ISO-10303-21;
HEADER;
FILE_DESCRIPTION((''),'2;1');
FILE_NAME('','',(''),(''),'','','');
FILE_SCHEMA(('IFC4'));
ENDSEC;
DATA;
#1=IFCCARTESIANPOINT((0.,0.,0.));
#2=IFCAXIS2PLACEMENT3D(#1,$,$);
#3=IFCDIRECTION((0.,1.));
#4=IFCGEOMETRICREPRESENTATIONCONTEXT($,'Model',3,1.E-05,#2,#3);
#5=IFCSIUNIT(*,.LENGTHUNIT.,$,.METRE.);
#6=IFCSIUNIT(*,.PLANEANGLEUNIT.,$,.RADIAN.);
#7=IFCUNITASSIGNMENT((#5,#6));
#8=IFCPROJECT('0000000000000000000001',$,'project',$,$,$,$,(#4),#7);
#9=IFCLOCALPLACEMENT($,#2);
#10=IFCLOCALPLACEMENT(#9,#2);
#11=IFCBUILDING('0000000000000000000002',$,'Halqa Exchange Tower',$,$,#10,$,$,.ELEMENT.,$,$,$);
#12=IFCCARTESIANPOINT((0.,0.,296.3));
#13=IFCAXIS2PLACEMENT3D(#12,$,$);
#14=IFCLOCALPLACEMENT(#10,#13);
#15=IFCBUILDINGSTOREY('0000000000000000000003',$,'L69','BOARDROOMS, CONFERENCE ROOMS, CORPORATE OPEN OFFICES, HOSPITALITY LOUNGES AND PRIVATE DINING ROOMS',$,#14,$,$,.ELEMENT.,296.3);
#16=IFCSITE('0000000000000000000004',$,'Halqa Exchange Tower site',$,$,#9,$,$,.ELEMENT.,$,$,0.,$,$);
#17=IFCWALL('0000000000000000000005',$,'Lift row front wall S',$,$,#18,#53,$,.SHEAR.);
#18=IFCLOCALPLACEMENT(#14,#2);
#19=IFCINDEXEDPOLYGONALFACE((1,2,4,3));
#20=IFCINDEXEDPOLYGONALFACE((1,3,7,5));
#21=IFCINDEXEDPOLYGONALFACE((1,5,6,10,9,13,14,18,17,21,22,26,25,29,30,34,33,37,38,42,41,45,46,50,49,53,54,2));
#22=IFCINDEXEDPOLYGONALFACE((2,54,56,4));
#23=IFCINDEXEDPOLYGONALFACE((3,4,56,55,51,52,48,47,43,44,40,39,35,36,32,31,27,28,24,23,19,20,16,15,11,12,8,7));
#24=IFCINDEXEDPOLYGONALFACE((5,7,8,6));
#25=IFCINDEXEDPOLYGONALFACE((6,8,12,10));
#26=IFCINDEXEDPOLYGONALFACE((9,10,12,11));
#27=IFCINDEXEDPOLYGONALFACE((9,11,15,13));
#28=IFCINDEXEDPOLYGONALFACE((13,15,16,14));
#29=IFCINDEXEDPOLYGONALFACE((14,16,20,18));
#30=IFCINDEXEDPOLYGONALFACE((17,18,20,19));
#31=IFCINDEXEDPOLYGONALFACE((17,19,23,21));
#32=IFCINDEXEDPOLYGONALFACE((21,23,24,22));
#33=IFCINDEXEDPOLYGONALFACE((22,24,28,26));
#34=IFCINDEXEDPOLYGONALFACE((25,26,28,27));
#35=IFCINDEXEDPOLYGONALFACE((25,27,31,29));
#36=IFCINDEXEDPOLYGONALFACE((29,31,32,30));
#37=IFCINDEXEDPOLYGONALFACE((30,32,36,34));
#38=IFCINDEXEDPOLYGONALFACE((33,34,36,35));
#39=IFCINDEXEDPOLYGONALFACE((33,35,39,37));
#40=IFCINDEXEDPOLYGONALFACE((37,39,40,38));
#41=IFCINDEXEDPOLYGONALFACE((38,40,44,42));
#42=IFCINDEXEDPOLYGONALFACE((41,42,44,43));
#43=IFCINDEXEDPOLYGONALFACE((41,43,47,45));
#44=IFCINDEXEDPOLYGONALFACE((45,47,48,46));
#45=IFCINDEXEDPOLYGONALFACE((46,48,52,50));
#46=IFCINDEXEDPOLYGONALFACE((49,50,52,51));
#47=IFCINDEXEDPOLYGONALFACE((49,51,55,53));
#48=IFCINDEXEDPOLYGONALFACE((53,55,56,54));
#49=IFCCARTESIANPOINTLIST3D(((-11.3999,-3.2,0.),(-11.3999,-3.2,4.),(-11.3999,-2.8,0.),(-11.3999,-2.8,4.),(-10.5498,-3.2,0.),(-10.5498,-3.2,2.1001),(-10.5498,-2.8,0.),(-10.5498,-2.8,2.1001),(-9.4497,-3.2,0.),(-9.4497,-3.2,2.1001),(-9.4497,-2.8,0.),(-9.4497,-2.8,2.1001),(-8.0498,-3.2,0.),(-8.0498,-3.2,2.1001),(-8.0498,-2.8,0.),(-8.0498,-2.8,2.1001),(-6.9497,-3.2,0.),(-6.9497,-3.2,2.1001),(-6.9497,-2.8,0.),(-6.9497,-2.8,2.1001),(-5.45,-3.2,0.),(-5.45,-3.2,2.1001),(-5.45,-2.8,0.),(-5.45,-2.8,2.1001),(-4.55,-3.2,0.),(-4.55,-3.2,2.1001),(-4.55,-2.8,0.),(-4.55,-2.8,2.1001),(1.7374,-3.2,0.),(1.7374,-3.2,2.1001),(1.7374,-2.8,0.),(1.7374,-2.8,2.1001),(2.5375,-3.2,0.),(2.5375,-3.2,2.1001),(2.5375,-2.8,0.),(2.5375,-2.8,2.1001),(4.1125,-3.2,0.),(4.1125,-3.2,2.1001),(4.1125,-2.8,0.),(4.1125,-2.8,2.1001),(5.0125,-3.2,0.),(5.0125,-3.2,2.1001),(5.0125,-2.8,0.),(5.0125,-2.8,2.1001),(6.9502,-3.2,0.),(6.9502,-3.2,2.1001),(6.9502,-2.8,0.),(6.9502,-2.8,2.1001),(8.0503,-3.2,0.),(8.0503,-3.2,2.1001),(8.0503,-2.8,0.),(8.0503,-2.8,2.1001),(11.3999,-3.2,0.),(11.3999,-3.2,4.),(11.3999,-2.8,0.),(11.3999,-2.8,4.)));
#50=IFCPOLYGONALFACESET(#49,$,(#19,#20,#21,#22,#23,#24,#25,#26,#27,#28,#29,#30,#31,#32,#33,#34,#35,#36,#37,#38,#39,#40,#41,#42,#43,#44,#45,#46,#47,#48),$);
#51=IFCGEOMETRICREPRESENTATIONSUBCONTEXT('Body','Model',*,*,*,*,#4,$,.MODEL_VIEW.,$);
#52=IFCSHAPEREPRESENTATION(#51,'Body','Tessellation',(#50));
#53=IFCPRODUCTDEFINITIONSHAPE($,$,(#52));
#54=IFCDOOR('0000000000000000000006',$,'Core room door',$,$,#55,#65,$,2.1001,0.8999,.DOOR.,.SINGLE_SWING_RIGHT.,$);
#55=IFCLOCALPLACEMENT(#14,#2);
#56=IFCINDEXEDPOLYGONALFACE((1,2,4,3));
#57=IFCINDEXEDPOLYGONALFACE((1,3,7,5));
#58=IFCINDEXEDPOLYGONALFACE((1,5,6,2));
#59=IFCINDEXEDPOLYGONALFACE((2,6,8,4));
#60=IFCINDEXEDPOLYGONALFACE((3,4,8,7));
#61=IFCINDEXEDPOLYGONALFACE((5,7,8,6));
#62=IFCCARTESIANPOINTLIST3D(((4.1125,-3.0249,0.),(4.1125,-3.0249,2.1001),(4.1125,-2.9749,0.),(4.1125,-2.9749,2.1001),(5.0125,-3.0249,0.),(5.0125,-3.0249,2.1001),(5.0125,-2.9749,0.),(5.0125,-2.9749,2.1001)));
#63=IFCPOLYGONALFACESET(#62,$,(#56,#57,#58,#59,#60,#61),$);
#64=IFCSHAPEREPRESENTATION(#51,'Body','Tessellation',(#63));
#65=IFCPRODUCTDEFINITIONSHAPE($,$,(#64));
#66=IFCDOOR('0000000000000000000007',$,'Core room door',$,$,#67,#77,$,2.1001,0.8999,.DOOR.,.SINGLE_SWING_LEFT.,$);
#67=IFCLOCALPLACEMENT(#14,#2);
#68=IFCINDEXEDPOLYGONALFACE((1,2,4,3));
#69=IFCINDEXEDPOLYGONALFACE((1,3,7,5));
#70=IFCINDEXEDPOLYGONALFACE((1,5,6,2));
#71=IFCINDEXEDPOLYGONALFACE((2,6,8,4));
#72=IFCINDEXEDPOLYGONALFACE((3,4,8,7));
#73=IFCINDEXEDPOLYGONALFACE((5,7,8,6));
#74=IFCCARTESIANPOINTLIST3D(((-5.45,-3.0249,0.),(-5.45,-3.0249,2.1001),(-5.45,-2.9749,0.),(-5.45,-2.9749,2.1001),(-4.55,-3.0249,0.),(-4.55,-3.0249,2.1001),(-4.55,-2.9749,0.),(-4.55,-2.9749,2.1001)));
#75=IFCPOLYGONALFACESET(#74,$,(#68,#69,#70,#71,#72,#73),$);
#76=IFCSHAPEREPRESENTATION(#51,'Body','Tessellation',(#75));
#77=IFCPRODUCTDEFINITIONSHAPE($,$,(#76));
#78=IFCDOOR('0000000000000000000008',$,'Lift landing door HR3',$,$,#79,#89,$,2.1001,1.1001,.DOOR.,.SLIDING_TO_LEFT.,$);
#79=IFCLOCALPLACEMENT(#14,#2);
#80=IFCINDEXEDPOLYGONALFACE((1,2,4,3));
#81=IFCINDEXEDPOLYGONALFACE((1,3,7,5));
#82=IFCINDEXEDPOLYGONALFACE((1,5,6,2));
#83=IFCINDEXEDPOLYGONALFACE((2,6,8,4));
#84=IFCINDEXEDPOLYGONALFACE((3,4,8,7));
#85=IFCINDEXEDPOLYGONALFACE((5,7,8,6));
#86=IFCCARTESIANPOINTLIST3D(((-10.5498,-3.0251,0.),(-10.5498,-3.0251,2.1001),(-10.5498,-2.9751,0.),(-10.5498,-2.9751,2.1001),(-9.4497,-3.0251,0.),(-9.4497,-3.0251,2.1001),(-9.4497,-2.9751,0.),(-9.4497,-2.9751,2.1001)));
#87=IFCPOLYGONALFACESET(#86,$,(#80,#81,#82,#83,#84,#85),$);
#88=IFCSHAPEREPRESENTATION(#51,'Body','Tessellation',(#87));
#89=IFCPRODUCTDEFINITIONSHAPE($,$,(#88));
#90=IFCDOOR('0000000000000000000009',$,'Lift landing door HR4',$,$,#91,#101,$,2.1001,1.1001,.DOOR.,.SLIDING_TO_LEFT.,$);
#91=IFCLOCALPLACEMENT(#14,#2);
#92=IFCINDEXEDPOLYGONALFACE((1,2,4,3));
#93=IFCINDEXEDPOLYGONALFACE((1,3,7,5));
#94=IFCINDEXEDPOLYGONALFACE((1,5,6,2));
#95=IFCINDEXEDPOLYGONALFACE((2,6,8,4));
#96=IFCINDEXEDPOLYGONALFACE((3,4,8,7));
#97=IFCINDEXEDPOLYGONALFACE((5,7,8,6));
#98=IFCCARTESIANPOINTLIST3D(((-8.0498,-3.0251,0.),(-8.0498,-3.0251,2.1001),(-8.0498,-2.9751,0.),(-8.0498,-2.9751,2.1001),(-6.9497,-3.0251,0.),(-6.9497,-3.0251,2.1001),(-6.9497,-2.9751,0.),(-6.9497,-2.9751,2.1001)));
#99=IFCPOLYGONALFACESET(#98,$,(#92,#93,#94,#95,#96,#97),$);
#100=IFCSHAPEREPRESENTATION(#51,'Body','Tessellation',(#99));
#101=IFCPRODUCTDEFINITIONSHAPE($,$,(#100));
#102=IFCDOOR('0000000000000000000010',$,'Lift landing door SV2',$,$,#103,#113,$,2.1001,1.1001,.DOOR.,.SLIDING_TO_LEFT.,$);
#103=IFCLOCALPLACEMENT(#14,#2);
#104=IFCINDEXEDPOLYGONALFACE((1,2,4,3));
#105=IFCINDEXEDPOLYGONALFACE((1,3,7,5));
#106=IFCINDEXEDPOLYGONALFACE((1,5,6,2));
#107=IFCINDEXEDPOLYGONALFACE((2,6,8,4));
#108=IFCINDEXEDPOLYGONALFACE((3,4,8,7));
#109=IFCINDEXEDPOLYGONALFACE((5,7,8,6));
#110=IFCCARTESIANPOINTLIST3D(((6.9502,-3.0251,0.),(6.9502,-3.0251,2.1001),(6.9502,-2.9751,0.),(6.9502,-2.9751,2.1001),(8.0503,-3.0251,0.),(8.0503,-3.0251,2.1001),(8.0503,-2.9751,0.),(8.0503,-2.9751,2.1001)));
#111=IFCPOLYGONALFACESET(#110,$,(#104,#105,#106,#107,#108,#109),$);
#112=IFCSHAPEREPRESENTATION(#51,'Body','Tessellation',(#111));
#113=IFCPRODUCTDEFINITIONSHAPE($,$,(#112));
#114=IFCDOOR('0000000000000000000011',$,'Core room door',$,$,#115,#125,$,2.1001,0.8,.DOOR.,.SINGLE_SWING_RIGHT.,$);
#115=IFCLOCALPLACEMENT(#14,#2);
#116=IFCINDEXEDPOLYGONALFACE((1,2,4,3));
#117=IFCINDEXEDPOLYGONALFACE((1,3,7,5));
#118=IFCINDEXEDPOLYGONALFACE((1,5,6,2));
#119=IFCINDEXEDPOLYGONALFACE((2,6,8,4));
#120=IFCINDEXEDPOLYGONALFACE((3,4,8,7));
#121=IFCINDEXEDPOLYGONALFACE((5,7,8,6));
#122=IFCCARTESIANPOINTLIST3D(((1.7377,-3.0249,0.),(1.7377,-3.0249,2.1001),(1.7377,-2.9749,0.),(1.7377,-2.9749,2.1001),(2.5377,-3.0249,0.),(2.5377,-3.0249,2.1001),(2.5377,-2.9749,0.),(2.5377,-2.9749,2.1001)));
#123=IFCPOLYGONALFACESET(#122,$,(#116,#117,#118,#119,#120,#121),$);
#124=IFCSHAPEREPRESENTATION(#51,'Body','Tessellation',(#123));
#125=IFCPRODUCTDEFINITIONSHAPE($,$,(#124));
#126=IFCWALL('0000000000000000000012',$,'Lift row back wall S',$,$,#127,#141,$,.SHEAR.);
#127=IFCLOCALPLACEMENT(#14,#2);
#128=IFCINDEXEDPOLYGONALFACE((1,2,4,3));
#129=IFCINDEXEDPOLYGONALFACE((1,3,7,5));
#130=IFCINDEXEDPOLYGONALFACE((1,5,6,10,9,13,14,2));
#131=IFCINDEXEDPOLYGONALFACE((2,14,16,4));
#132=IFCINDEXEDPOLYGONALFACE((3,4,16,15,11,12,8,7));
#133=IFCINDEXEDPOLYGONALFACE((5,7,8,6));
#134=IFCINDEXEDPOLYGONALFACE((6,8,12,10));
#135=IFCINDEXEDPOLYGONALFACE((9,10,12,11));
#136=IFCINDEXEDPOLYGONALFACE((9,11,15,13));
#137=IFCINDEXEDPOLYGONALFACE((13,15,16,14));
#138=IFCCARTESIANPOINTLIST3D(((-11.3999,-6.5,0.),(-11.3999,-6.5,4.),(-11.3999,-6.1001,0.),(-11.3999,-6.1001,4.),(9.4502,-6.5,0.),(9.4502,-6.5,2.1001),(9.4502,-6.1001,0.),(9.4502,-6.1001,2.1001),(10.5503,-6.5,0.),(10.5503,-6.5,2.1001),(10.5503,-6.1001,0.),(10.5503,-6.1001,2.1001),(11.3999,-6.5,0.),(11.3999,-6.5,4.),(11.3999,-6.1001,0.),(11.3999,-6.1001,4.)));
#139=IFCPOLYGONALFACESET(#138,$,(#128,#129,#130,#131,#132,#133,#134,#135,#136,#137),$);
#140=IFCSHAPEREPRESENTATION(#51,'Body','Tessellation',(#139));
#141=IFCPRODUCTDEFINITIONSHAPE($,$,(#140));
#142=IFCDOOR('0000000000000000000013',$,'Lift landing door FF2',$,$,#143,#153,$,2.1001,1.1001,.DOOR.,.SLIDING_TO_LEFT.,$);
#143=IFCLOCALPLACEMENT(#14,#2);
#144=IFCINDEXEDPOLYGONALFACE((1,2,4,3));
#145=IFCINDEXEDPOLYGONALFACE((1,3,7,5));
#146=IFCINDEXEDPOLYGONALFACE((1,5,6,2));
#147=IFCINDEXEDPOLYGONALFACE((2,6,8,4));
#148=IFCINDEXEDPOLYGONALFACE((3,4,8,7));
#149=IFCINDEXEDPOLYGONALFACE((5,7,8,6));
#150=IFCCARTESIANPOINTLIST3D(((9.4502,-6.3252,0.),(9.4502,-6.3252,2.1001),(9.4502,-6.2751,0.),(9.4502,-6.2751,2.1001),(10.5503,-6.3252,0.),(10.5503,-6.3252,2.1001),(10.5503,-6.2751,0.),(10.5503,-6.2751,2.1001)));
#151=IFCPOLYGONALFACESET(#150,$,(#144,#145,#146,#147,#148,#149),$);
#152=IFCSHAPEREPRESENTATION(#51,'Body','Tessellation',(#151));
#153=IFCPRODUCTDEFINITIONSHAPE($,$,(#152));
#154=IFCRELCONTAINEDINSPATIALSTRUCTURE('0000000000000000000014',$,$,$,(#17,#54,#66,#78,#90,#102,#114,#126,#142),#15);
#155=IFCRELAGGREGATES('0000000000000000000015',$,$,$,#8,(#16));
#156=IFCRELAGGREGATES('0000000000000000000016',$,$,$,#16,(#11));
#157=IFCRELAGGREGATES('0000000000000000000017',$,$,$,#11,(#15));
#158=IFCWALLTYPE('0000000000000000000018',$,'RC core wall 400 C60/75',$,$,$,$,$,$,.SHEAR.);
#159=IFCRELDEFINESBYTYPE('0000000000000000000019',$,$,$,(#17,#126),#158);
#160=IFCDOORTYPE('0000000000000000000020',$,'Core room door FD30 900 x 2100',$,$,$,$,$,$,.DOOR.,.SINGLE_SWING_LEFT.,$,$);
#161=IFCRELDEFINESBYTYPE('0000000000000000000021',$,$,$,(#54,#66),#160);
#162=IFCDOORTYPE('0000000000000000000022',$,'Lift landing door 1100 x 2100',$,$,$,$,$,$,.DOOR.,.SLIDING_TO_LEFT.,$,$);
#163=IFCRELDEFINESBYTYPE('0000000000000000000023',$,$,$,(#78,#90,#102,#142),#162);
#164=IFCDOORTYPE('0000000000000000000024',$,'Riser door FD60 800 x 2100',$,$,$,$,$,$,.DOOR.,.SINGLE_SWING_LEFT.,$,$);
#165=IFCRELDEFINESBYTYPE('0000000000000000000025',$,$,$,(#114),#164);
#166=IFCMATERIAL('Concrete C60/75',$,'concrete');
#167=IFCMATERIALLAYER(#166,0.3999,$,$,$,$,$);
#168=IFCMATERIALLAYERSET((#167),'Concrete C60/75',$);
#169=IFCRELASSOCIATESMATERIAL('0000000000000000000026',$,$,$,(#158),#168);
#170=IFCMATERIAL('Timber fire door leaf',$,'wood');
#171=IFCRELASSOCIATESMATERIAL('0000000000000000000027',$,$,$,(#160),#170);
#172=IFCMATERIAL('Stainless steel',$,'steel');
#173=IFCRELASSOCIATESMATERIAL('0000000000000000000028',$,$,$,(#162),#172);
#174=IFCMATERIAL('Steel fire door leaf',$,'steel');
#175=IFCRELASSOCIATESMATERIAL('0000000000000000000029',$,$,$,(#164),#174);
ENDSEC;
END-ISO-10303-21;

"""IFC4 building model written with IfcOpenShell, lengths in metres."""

from ifc_helpers import new_model, si_unit, direction, frame, frame_2d, origin, place, context, subcontext, project, spatial, rectangle, extrude, material, layer, layer_set, type_object, element, fill, save


model = new_model("IFC4")

# Units and contexts
model_context = context("Model", 3, precision=1e-05, world=origin(), true_north=direction((0.0, 1.0)))
body_context = subcontext(model_context, "Body", "Model", "MODEL_VIEW")
ifc_project = project(units=[si_unit("LENGTHUNIT", "METRE"), si_unit("PLANEANGLEUNIT", "RADIAN")], contexts=[model_context])

# Site, building, storey
site_placement = place(None, origin())
site = spatial("IfcSite", under=ifc_project, at=site_placement, Name="Halqa Exchange Tower site", CompositionType="ELEMENT", RefElevation=0.0)
building_placement = place(site_placement, origin())
building = spatial("IfcBuilding", under=site, at=building_placement, Name="Halqa Exchange Tower", CompositionType="ELEMENT")
storey_placement = place(building_placement, frame((0.0, 0.0, 296.3)))
storey = spatial("IfcBuildingStorey", under=building, at=storey_placement, Name="L69", Description="BOARDROOMS, CONFERENCE ROOMS, CORPORATE OPEN OFFICES, HOSPITALITY LOUNGES AND PRIVATE DINING ROOMS", CompositionType="ELEMENT", Elevation=296.3)

# Shared definitions
ifc_material_1 = material(Name="Concrete C60/75", Category="concrete")

# Wall, openings, doors
ifc_layer_1 = layer(ifc_material_1, 0.3999)
ifc_layer_set_1 = layer_set([ifc_layer_1], Name="Concrete C60/75")
wall_type_1 = type_object("IfcWallType", Name="RC core wall 400 C60/75", PredefinedType="SHEAR", material=ifc_layer_set_1)
wall_1_placement = place(storey_placement, frame((-11.3999, -3.0, 0.0), z_axis=(0.0, 0.0, 1.0), x_axis=(1.0, 0.0, 0.0)))
wall_1 = element("IfcWall", 1, at=wall_1_placement, inside=storey, type_object=wall_type_1, Name="Lift row front wall S", PredefinedType="SHEAR", context=body_context, shape_type="SweptSolid", body=[
    extrude(rectangle(XDim=22.7998, YDim=0.3999, at=frame_2d((11.3999, 0.0))), origin(), (0.0, 0.0, 1.0), 4.0),
])
opening_1_placement = place(wall_1_placement, frame((0.8501, 0.0, 0.0)))
opening_1 = element("IfcOpeningElement", 2, at=opening_1_placement, cuts=wall_1, PredefinedType="OPENING", context=body_context, shape_type="SweptSolid", body=[
    extrude(rectangle(XDim=1.1001, YDim=2.1001, at=frame_2d((0.55, 1.05))), frame((0.0, 0.2119, 0.0), z_axis=(0.0, -1.0, 0.0), x_axis=(1.0, 0.0, 0.0)), (0.0, 0.0, 1.0), 0.4238),
])
opening_2_placement = place(wall_1_placement, frame((3.3501, 0.0, 0.0)))
opening_2 = element("IfcOpeningElement", 3, at=opening_2_placement, cuts=wall_1, PredefinedType="OPENING", context=body_context, shape_type="SweptSolid", body=[
    extrude(rectangle(XDim=1.1001, YDim=2.1001, at=frame_2d((0.55, 1.05))), frame((0.0, 0.2119, 0.0), z_axis=(0.0, -1.0, 0.0), x_axis=(1.0, 0.0, 0.0)), (0.0, 0.0, 1.0), 0.4238),
])
opening_3_placement = place(wall_1_placement, frame((18.3501, 0.0, 0.0)))
opening_3 = element("IfcOpeningElement", 4, at=opening_3_placement, cuts=wall_1, PredefinedType="OPENING", context=body_context, shape_type="SweptSolid", body=[
    extrude(rectangle(XDim=1.1001, YDim=2.1001, at=frame_2d((0.55, 1.05))), frame((0.0, 0.2119, 0.0), z_axis=(0.0, -1.0, 0.0), x_axis=(1.0, 0.0, 0.0)), (0.0, 0.0, 1.0), 0.4238),
])
opening_4_placement = place(wall_1_placement, frame((13.1375, 0.0, 0.0)))
opening_4 = element("IfcOpeningElement", 5, at=opening_4_placement, cuts=wall_1, PredefinedType="OPENING", context=body_context, shape_type="SweptSolid", body=[
    extrude(rectangle(XDim=0.8, YDim=2.1001, at=frame_2d((0.3999, 1.05))), frame((0.0, 0.2119, 0.0), z_axis=(0.0, -1.0, 0.0), x_axis=(1.0, 0.0, 0.0)), (0.0, 0.0, 1.0), 0.4238),
])
opening_5_placement = place(wall_1_placement, frame((15.5125, 0.0, 0.0)))
opening_5 = element("IfcOpeningElement", 6, at=opening_5_placement, cuts=wall_1, PredefinedType="OPENING", context=body_context, shape_type="SweptSolid", body=[
    extrude(rectangle(XDim=0.8999, YDim=2.1001, at=frame_2d((0.45, 1.05))), frame((0.0, 0.2119, 0.0), z_axis=(0.0, -1.0, 0.0), x_axis=(1.0, 0.0, 0.0)), (0.0, 0.0, 1.0), 0.4238),
])
opening_6_placement = place(wall_1_placement, frame((5.95, 0.0, 0.0)))
opening_6 = element("IfcOpeningElement", 7, at=opening_6_placement, cuts=wall_1, PredefinedType="OPENING", context=body_context, shape_type="SweptSolid", body=[
    extrude(rectangle(XDim=0.8999, YDim=2.1001, at=frame_2d((0.45, 1.05))), frame((0.0, 0.2119, 0.0), z_axis=(0.0, -1.0, 0.0), x_axis=(1.0, 0.0, 0.0)), (0.0, 0.0, 1.0), 0.4238),
])
ifc_material_2 = material(Name="Timber fire door leaf", Category="wood")
door_type_1 = type_object("IfcDoorType", Name="Core room door FD30 900 x 2100", OperationType="SINGLE_SWING_LEFT", PredefinedType="DOOR", material=ifc_material_2)
door_1_placement = place(opening_5_placement, frame((0.8999, 0.0, 0.0), z_axis=(0.0, 0.0, 1.0), x_axis=(-1.0, 0.0, 0.0)))
door_1 = element("IfcDoor", 8, at=door_1_placement, inside=storey, type_object=door_type_1, Name="Core room door", OperationType="SINGLE_SWING_RIGHT", OverallHeight=2.1001, OverallWidth=0.8999, PredefinedType="DOOR", context=body_context, shape_type="SweptSolid", body=[
    extrude(rectangle(XDim=0.8999, YDim=2.1001, at=frame_2d((0.45, 1.05))), frame((0.0, 0.0249, 0.0), z_axis=(0.0, -1.0, 0.0), x_axis=(1.0, 0.0, 0.0)), (0.0, 0.0, 1.0), 0.05),
])
fill(opening_5, door_1)
door_2_placement = place(opening_6_placement, frame((0.8999, 0.0, 0.0), z_axis=(0.0, 0.0, 1.0), x_axis=(-1.0, 0.0, 0.0)))
door_2 = element("IfcDoor", 9, at=door_2_placement, inside=storey, type_object=door_type_1, Name="Core room door", OperationType="SINGLE_SWING_LEFT", OverallHeight=2.1001, OverallWidth=0.8999, PredefinedType="DOOR", context=body_context, shape_type="SweptSolid", body=[
    extrude(rectangle(XDim=0.8999, YDim=2.1001, at=frame_2d((0.45, 1.05))), frame((0.0, 0.0249, 0.0), z_axis=(0.0, -1.0, 0.0), x_axis=(1.0, 0.0, 0.0)), (0.0, 0.0, 1.0), 0.05),
])
fill(opening_6, door_2)
ifc_material_3 = material(Name="Stainless steel", Category="steel")
door_type_2 = type_object("IfcDoorType", Name="Lift landing door 1100 x 2100", OperationType="SLIDING_TO_LEFT", PredefinedType="DOOR", material=ifc_material_3)
door_3_placement = place(opening_1_placement, origin())
door_3 = element("IfcDoor", 10, at=door_3_placement, inside=storey, type_object=door_type_2, Name="Lift landing door HR3", OperationType="SLIDING_TO_LEFT", OverallHeight=2.1001, OverallWidth=1.1001, PredefinedType="DOOR", context=body_context, shape_type="SweptSolid", body=[
    extrude(rectangle(XDim=1.1001, YDim=2.1001, at=frame_2d((0.55, 1.05))), frame((0.0, 0.0249, 0.0), z_axis=(0.0, -1.0, 0.0), x_axis=(1.0, 0.0, 0.0)), (0.0, 0.0, 1.0), 0.05),
])
fill(opening_1, door_3)
door_4_placement = place(opening_2_placement, origin())
door_4 = element("IfcDoor", 11, at=door_4_placement, inside=storey, type_object=door_type_2, Name="Lift landing door HR4", OperationType="SLIDING_TO_LEFT", OverallHeight=2.1001, OverallWidth=1.1001, PredefinedType="DOOR", context=body_context, shape_type="SweptSolid", body=[
    extrude(rectangle(XDim=1.1001, YDim=2.1001, at=frame_2d((0.55, 1.05))), frame((0.0, 0.0249, 0.0), z_axis=(0.0, -1.0, 0.0), x_axis=(1.0, 0.0, 0.0)), (0.0, 0.0, 1.0), 0.05),
])
fill(opening_2, door_4)
door_5_placement = place(opening_3_placement, origin())
door_5 = element("IfcDoor", 12, at=door_5_placement, inside=storey, type_object=door_type_2, Name="Lift landing door SV2", OperationType="SLIDING_TO_LEFT", OverallHeight=2.1001, OverallWidth=1.1001, PredefinedType="DOOR", context=body_context, shape_type="SweptSolid", body=[
    extrude(rectangle(XDim=1.1001, YDim=2.1001, at=frame_2d((0.55, 1.05))), frame((0.0, 0.0249, 0.0), z_axis=(0.0, -1.0, 0.0), x_axis=(1.0, 0.0, 0.0)), (0.0, 0.0, 1.0), 0.05),
])
fill(opening_3, door_5)
ifc_material_4 = material(Name="Steel fire door leaf", Category="steel")
door_type_3 = type_object("IfcDoorType", Name="Riser door FD60 800 x 2100", OperationType="SINGLE_SWING_LEFT", PredefinedType="DOOR", material=ifc_material_4)
door_6_placement = place(opening_4_placement, frame((0.8, 0.0, 0.0), z_axis=(0.0, 0.0, 1.0), x_axis=(-1.0, 0.0, 0.0)))
door_6 = element("IfcDoor", 13, at=door_6_placement, inside=storey, type_object=door_type_3, Name="Core room door", OperationType="SINGLE_SWING_RIGHT", OverallHeight=2.1001, OverallWidth=0.8, PredefinedType="DOOR", context=body_context, shape_type="SweptSolid", body=[
    extrude(rectangle(XDim=0.8, YDim=2.1001, at=frame_2d((0.3999, 1.05))), frame((0.0, 0.0249, 0.0), z_axis=(0.0, -1.0, 0.0), x_axis=(1.0, 0.0, 0.0)), (0.0, 0.0, 1.0), 0.05),
])
fill(opening_4, door_6)

# Wall, opening, door
wall_2_placement = place(storey_placement, frame((-11.3999, -6.3, 0.0), z_axis=(0.0, 0.0, 1.0), x_axis=(1.0, 0.0, 0.0)))
wall_2 = element("IfcWall", 14, at=wall_2_placement, inside=storey, type_object=wall_type_1, Name="Lift row back wall S", PredefinedType="SHEAR", context=body_context, shape_type="SweptSolid", body=[
    extrude(rectangle(XDim=22.7998, YDim=0.3999, at=frame_2d((11.3999, 0.0))), origin(), (0.0, 0.0, 1.0), 4.0),
])
opening_7_placement = place(wall_2_placement, frame((20.8501, 0.0, 0.0)))
opening_7 = element("IfcOpeningElement", 15, at=opening_7_placement, cuts=wall_2, PredefinedType="OPENING", context=body_context, shape_type="SweptSolid", body=[
    extrude(rectangle(XDim=1.1001, YDim=2.1001, at=frame_2d((0.55, 1.05))), frame((0.0, 0.2119, 0.0), z_axis=(0.0, -1.0, 0.0), x_axis=(1.0, 0.0, 0.0)), (0.0, 0.0, 1.0), 0.4238),
])
door_7_placement = place(opening_7_placement, origin())
door_7 = element("IfcDoor", 16, at=door_7_placement, inside=storey, type_object=door_type_2, Name="Lift landing door FF2", OperationType="SLIDING_TO_LEFT", OverallHeight=2.1001, OverallWidth=1.1001, PredefinedType="DOOR", context=body_context, shape_type="SweptSolid", body=[
    extrude(rectangle(XDim=1.1001, YDim=2.1001, at=frame_2d((0.55, 1.05))), frame((0.0, 0.0249, 0.0), z_axis=(0.0, -1.0, 0.0), x_axis=(1.0, 0.0, 0.0)), (0.0, 0.0, 1.0), 0.05),
])
fill(opening_7, door_7)

save(model, "model.ifc")
